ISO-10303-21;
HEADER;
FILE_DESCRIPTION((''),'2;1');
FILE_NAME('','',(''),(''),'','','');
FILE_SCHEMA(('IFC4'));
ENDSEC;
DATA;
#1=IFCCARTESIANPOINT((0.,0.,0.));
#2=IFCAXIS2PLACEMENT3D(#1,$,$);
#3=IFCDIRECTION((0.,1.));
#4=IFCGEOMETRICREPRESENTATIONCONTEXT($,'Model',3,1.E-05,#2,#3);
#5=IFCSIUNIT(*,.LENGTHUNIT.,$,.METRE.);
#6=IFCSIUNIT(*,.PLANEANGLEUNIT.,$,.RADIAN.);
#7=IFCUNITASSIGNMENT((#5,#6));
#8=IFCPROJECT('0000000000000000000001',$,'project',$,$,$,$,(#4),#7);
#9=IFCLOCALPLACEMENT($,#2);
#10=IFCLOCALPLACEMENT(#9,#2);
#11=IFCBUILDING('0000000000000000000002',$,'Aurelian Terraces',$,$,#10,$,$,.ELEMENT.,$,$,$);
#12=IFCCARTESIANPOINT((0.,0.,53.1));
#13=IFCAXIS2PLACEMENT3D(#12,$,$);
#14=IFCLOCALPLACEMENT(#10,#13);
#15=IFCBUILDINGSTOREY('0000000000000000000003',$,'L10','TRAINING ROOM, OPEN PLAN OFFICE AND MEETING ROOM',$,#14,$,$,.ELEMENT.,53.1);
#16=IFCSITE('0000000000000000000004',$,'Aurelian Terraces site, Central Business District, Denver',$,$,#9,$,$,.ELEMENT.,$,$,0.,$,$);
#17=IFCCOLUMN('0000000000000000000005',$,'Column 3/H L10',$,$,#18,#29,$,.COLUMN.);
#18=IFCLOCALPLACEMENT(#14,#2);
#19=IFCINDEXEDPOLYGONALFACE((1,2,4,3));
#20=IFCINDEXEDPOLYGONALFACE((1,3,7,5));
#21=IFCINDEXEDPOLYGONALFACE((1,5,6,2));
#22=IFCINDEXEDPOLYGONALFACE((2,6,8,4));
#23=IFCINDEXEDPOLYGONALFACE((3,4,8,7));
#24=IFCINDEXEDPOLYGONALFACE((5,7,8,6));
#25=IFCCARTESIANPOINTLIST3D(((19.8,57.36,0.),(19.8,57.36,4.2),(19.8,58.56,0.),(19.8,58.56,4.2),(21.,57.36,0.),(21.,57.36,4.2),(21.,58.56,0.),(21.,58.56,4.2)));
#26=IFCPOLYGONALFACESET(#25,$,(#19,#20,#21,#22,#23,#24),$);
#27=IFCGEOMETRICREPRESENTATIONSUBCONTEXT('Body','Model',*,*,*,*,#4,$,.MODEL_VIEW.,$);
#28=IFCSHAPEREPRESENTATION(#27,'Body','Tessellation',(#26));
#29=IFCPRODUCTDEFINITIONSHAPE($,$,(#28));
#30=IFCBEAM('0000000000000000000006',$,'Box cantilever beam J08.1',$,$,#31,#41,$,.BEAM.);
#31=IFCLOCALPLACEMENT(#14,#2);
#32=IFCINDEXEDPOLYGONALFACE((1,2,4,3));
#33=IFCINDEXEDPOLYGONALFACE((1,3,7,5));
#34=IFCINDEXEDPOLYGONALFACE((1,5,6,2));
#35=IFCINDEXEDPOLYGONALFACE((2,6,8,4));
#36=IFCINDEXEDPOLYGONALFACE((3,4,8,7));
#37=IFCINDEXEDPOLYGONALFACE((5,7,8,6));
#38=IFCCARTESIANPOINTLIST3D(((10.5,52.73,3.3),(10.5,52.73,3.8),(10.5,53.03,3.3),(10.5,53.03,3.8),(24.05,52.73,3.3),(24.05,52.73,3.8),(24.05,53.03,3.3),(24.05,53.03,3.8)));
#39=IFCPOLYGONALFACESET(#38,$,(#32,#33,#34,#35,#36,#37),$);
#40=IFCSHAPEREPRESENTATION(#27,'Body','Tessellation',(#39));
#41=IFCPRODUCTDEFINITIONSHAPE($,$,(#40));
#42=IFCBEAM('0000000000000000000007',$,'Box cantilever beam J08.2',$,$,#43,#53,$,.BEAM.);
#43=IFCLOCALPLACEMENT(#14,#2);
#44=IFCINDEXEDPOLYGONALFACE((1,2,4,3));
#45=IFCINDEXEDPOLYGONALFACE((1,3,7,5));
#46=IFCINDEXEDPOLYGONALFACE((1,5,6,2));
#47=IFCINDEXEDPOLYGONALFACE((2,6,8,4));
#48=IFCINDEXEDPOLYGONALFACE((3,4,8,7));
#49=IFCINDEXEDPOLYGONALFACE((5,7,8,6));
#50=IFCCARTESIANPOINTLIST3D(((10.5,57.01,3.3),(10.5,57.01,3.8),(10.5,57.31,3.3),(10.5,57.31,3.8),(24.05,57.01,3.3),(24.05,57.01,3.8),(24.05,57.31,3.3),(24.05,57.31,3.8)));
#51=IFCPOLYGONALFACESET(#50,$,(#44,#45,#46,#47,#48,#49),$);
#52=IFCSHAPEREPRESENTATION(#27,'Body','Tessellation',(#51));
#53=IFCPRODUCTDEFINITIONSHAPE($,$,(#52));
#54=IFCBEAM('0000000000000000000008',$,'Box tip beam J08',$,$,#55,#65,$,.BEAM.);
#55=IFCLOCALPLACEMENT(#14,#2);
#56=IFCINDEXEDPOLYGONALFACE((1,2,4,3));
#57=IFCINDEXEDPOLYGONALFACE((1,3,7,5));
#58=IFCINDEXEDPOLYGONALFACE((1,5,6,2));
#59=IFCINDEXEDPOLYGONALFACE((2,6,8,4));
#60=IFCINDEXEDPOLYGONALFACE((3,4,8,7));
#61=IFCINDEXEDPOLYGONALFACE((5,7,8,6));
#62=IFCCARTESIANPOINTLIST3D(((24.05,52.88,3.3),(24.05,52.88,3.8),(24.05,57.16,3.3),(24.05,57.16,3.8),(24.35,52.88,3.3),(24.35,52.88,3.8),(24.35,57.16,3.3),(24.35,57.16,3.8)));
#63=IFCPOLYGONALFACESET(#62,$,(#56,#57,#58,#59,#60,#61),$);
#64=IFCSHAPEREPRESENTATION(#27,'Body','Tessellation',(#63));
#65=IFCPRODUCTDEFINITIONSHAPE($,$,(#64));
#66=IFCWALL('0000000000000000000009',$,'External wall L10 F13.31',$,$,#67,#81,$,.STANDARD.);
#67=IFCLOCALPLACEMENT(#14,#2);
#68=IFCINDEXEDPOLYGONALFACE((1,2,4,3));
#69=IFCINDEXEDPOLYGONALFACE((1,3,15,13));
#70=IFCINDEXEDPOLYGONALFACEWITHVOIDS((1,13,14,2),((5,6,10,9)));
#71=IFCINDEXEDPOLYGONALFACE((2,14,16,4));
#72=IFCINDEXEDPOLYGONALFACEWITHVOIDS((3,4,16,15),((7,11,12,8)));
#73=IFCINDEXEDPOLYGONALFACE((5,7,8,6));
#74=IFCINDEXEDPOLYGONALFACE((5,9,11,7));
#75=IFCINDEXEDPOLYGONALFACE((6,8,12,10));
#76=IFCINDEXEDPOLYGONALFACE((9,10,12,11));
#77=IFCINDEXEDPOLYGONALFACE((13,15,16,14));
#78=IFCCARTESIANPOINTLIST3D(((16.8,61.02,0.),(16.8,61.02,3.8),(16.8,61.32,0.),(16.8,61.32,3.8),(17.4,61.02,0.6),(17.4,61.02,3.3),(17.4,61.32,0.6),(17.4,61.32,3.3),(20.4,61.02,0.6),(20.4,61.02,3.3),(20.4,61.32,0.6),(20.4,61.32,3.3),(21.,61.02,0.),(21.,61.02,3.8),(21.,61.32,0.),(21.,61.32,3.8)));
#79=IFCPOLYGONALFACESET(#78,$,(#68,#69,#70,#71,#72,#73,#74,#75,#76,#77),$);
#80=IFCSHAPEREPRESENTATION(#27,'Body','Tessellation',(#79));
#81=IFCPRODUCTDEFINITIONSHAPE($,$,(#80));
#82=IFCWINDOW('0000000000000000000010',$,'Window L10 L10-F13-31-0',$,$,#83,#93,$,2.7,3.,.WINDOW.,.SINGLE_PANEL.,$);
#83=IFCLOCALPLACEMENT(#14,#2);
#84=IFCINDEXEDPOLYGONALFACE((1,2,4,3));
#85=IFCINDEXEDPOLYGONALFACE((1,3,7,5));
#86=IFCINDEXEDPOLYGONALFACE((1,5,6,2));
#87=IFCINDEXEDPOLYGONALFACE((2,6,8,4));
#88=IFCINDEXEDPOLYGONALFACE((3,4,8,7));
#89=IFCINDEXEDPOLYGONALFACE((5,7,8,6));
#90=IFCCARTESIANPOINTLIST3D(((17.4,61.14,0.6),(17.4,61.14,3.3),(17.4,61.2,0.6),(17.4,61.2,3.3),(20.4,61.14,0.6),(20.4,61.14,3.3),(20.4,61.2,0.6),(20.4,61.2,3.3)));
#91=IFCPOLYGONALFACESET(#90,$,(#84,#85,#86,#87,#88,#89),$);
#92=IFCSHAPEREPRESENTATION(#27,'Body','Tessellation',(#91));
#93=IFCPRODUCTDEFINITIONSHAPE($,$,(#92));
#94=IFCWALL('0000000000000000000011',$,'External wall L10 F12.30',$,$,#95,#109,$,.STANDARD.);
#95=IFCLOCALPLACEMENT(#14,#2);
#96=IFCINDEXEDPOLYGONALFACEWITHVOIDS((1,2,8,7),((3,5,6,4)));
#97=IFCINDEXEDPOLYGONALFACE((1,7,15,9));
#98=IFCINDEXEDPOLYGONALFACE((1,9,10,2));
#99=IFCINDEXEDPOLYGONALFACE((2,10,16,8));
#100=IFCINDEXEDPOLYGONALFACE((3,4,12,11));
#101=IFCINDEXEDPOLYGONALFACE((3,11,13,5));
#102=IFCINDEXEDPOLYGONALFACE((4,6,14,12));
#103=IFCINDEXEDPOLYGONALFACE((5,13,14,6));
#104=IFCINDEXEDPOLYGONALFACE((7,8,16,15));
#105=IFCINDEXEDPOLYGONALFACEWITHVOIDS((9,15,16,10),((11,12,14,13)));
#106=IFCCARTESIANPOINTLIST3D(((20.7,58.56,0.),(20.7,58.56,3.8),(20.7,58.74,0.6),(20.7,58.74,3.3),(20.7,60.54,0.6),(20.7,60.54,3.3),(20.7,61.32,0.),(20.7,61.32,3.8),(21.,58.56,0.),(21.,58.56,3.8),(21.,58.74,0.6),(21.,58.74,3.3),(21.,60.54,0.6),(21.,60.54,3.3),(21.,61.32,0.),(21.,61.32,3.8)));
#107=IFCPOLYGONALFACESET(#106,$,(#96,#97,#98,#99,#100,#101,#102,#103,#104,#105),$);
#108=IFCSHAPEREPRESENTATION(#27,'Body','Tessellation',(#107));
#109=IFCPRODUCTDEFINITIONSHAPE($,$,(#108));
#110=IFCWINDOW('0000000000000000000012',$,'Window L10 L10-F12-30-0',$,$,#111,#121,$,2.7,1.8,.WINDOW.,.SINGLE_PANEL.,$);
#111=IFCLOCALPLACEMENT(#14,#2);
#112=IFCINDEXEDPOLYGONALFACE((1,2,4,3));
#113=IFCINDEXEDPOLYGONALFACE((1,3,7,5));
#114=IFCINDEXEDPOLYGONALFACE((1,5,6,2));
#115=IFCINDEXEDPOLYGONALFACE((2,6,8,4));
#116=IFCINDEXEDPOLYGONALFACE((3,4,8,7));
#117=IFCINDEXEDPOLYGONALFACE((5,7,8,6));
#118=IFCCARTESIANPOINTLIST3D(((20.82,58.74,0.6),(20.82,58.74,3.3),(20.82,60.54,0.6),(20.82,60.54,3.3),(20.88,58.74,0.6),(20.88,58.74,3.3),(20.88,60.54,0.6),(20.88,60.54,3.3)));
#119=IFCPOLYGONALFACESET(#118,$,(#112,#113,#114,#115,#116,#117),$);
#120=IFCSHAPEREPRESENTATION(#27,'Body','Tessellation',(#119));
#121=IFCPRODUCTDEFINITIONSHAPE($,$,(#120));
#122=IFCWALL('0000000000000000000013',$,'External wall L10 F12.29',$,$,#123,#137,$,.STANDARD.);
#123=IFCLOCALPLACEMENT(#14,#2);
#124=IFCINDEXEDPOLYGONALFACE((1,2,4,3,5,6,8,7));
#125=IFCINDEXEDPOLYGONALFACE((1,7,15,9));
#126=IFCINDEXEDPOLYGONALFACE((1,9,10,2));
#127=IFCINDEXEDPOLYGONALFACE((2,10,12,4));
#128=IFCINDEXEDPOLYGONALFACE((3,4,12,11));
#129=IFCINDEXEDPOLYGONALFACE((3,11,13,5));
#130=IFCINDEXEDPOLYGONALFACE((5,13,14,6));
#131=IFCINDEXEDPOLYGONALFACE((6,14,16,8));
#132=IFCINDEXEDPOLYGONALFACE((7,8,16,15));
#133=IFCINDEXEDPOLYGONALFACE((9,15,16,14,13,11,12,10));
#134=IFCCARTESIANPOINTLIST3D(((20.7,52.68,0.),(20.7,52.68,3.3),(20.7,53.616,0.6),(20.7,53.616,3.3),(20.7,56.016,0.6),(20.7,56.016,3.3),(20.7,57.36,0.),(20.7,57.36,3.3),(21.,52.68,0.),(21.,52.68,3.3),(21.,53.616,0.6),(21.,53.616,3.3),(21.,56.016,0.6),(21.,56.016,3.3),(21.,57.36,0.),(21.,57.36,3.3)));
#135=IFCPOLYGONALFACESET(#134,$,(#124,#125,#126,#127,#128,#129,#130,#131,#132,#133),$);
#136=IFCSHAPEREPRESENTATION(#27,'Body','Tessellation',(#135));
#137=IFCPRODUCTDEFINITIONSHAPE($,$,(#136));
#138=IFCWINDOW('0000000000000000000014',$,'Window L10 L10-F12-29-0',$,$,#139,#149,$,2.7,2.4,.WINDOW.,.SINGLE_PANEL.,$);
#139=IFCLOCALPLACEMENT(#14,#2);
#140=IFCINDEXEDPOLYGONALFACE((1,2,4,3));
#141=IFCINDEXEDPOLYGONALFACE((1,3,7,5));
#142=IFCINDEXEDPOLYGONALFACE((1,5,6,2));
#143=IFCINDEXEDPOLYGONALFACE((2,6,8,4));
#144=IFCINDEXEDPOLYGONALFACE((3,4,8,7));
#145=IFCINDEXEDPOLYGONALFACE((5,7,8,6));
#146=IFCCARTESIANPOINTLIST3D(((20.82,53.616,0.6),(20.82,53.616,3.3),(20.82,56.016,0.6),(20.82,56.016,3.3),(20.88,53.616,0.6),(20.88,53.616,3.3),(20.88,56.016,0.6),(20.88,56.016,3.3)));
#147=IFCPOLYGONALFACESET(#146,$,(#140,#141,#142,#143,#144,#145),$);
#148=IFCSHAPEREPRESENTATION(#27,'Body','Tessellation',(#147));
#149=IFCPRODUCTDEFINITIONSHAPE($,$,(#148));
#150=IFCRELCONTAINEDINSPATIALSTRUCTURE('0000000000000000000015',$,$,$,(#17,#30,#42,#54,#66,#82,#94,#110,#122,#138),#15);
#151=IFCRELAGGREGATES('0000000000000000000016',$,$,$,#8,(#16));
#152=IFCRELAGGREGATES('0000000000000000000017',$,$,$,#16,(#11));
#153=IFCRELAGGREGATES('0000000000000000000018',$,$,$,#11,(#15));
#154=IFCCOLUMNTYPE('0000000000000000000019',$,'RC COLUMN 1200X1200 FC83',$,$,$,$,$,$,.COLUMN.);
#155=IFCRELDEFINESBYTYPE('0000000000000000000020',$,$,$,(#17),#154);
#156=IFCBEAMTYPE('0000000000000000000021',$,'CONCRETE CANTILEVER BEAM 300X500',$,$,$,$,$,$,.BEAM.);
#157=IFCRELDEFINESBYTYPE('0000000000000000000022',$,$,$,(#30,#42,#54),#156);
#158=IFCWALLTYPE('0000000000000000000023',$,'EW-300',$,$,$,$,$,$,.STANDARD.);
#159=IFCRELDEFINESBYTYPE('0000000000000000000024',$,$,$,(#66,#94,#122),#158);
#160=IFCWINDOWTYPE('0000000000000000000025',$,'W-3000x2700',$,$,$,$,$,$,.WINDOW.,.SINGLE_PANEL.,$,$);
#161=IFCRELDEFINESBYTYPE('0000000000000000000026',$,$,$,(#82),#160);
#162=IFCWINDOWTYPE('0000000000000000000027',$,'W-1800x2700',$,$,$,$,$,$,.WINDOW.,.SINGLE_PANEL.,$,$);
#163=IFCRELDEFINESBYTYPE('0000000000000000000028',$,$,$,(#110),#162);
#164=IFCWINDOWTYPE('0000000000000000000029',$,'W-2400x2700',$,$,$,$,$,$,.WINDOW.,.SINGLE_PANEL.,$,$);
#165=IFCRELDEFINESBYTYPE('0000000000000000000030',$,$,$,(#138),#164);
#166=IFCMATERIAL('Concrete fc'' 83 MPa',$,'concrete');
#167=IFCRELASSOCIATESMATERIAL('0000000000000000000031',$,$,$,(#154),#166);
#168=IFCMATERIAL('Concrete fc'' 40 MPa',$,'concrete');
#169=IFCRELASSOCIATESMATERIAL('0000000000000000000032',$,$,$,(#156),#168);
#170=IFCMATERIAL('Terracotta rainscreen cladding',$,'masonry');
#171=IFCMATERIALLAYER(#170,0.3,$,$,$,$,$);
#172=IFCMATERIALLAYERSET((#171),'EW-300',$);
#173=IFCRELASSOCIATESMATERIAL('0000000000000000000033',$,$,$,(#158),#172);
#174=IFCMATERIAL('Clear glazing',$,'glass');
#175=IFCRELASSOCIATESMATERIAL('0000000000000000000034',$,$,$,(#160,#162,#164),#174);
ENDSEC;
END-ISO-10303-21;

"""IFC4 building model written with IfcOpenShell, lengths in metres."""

from ifc_helpers import new_model, si_unit, direction, frame, frame_2d, origin, origin_2d, place, context, subcontext, project, spatial, rectangle, extrude, source, transform, mapped, material, layer, layer_set, material_profile, profile_set, type_object, element, fill, save


model = new_model("IFC4")

# Units and contexts
model_context = context("Model", 3, precision=1e-05, world=origin(), true_north=direction((0.0, 1.0)))
body_context = subcontext(model_context, "Body", "Model", "MODEL_VIEW")
ifc_project = project(units=[si_unit("LENGTHUNIT", "METRE"), si_unit("PLANEANGLEUNIT", "RADIAN")], contexts=[model_context])

# Site, building, storey
site_placement = place(None, origin())
site = spatial("IfcSite", under=ifc_project, at=site_placement, Name="Aurelian Terraces site, Central Business District, Denver", CompositionType="ELEMENT", RefElevation=0.0)
building_placement = place(site_placement, origin())
building = spatial("IfcBuilding", under=site, at=building_placement, Name="Aurelian Terraces", CompositionType="ELEMENT")
storey_placement = place(building_placement, frame((0.0, 0.0, 53.1)))
storey = spatial("IfcBuildingStorey", under=building, at=storey_placement, Name="L10", Description="TRAINING ROOM, OPEN PLAN OFFICE AND MEETING ROOM", CompositionType="ELEMENT", Elevation=53.1)

# Column
ifc_material_1 = material(Name="Concrete fc' 83 MPa", Category="concrete")
ifc_material_profile_1 = material_profile(ifc_material_1, rectangle(XDim=1.2, YDim=1.2, at=origin_2d()))
ifc_profile_set_1 = profile_set([ifc_material_profile_1], Name="Concrete fc' 83 MPa")
column_type = type_object("IfcColumnType", Name="RC COLUMN 1200X1200 FC83", PredefinedType="COLUMN", material=ifc_profile_set_1)
shared_shape_1 = source(origin(), body_context, "Body", "SweptSolid", [
    extrude(rectangle(XDim=1.2, YDim=1.2, at=origin_2d()), origin(), (0.0, 0.0, 1.0), 4.2),
])
column_placement = place(storey_placement, frame((20.4, 57.96, 0.0), z_axis=(0.0, 0.0, 1.0), x_axis=(1.0, 0.0, 0.0)))
element("IfcColumn", 1, at=column_placement, inside=storey, type_object=column_type, Name="Column 3/H L10", PredefinedType="COLUMN", context=body_context, shape_type="MappedRepresentation", body=[
    mapped(shared_shape_1, transform((0.0, 0.0, 0.0), scale=1.0)),
])

# Beams
ifc_material_2 = material(Name="Concrete fc' 40 MPa", Category="concrete")
ifc_material_profile_2 = material_profile(ifc_material_2, rectangle(XDim=0.3, YDim=0.5, at=origin_2d()))
ifc_profile_set_2 = profile_set([ifc_material_profile_2], Name="Concrete fc' 40 MPa")
beam_type = type_object("IfcBeamType", Name="CONCRETE CANTILEVER BEAM 300X500", PredefinedType="BEAM", material=ifc_profile_set_2)
shared_shape_2 = source(origin(), body_context, "Body", "SweptSolid", [
    extrude(rectangle(XDim=0.3, YDim=0.5, at=origin_2d()), origin(), (0.0, 0.0, 1.0), 13.55),
])
for number, where, z_axis, x_axis, name in (
    (2, (24.05, 52.88, 3.55), (-1.0, 0.0, 0.0), (0.0, -1.0, 0.0), "Box cantilever beam J08.1"),
    (3, (24.05, 57.16, 3.55), (-1.0, 0.0, 0.0), (0.0, -1.0, 0.0), "Box cantilever beam J08.2"),
):
    element("IfcBeam", number, at=place(storey_placement, frame(where, z_axis=z_axis, x_axis=x_axis)), inside=storey, type_object=beam_type, Name=name, PredefinedType="BEAM", context=body_context, shape_type="MappedRepresentation", body=[
        mapped(shared_shape_2, transform((0.0, 0.0, 0.0), scale=1.0)),
    ])
shared_shape_3 = source(origin(), body_context, "Body", "SweptSolid", [
    extrude(rectangle(XDim=0.3, YDim=0.5, at=origin_2d()), origin(), (0.0, 0.0, 1.0), 4.28),
])
beam_placement = place(storey_placement, frame((24.2, 52.88, 3.55), z_axis=(0.0, 1.0, 0.0), x_axis=(-1.0, 0.0, 0.0)))
element("IfcBeam", 4, at=beam_placement, inside=storey, type_object=beam_type, Name="Box tip beam J08", PredefinedType="BEAM", context=body_context, shape_type="MappedRepresentation", body=[
    mapped(shared_shape_3, transform((0.0, 0.0, 0.0), scale=1.0)),
])

# Walls, openings, windows
ifc_material_3 = material(Name="Terracotta rainscreen cladding", Category="masonry")
ifc_layer_1 = layer(ifc_material_3, 0.3)
ifc_layer_set_1 = layer_set([ifc_layer_1], Name="EW-300")
wall_type_1 = type_object("IfcWallType", Name="EW-300", PredefinedType="STANDARD", material=ifc_layer_set_1)
shared_shape_4 = source(origin(), body_context, "Body", "SweptSolid", [
    extrude(rectangle(XDim=4.2, YDim=0.3, at=frame_2d((2.1, 0.0))), origin(), (0.0, 0.0, 1.0), 3.8),
])
wall_1_placement = place(storey_placement, frame((21.0, 61.17, 0.0), z_axis=(0.0, 0.0, 1.0), x_axis=(-1.0, 0.0, 0.0)))
wall_1 = element("IfcWall", 5, at=wall_1_placement, inside=storey, type_object=wall_type_1, Name="External wall L10 F13.31", PredefinedType="STANDARD", context=body_context, shape_type="MappedRepresentation", body=[
    mapped(shared_shape_4, transform((0.0, 0.0, 0.0), scale=1.0)),
])
shared_shape_5 = source(origin(), body_context, "Body", "SweptSolid", [
    extrude(rectangle(XDim=3.0, YDim=2.7, at=frame_2d((1.5, 1.35))), frame((0.0, 0.16, 0.0), z_axis=(0.0, -1.0, 0.0), x_axis=(1.0, 0.0, 0.0)), (0.0, 0.0, 1.0), 0.32),
])
opening_1_placement = place(wall_1_placement, frame((0.6, 0.0, 0.6)))
opening_1 = element("IfcOpeningElement", 6, at=opening_1_placement, cuts=wall_1, PredefinedType="OPENING", context=body_context, shape_type="MappedRepresentation", body=[
    mapped(shared_shape_5, transform((0.0, 0.0, 0.0), scale=1.0)),
])
ifc_material_4 = material(Name="Clear glazing", Category="glass")
window_type_1 = type_object("IfcWindowType", Name="W-3000x2700", PartitioningType="SINGLE_PANEL", PredefinedType="WINDOW", material=ifc_material_4)
shared_shape_6 = source(origin(), body_context, "Body", "SweptSolid", [
    extrude(rectangle(XDim=3.0, YDim=2.7, at=frame_2d((1.5, 1.35))), frame((0.0, 0.03, 0.0), z_axis=(0.0, -1.0, 0.0), x_axis=(1.0, 0.0, 0.0)), (0.0, 0.0, 1.0), 0.06),
])
window_1_placement = place(opening_1_placement, origin())
window_1 = element("IfcWindow", 7, at=window_1_placement, inside=storey, type_object=window_type_1, Name="Window L10 L10-F13-31-0", OverallHeight=2.7, OverallWidth=3.0, PartitioningType="SINGLE_PANEL", PredefinedType="WINDOW", context=body_context, shape_type="MappedRepresentation", body=[
    mapped(shared_shape_6, transform((0.0, 0.0, 0.0), scale=1.0)),
])
fill(opening_1, window_1)
shared_shape_7 = source(origin(), body_context, "Body", "SweptSolid", [
    extrude(rectangle(XDim=2.76, YDim=0.3, at=frame_2d((1.38, 0.0))), origin(), (0.0, 0.0, 1.0), 3.8),
])
wall_2_placement = place(storey_placement, frame((20.85, 58.56, 0.0), z_axis=(0.0, 0.0, 1.0), x_axis=(0.0, 1.0, 0.0)))
wall_2 = element("IfcWall", 8, at=wall_2_placement, inside=storey, type_object=wall_type_1, Name="External wall L10 F12.30", PredefinedType="STANDARD", context=body_context, shape_type="MappedRepresentation", body=[
    mapped(shared_shape_7, transform((0.0, 0.0, 0.0), scale=1.0)),
])
shared_shape_8 = source(origin(), body_context, "Body", "SweptSolid", [
    extrude(rectangle(XDim=1.8, YDim=2.7, at=frame_2d((0.9, 1.35))), frame((0.0, 0.16, 0.0), z_axis=(0.0, -1.0, 0.0), x_axis=(1.0, 0.0, 0.0)), (0.0, 0.0, 1.0), 0.32),
])
opening_2_placement = place(wall_2_placement, frame((0.18, 0.0, 0.6)))
opening_2 = element("IfcOpeningElement", 9, at=opening_2_placement, cuts=wall_2, PredefinedType="OPENING", context=body_context, shape_type="MappedRepresentation", body=[
    mapped(shared_shape_8, transform((0.0, 0.0, 0.0), scale=1.0)),
])
window_type_2 = type_object("IfcWindowType", Name="W-1800x2700", PartitioningType="SINGLE_PANEL", PredefinedType="WINDOW", material=ifc_material_4)
shared_shape_9 = source(origin(), body_context, "Body", "SweptSolid", [
    extrude(rectangle(XDim=1.8, YDim=2.7, at=frame_2d((0.9, 1.35))), frame((0.0, 0.03, 0.0), z_axis=(0.0, -1.0, 0.0), x_axis=(1.0, 0.0, 0.0)), (0.0, 0.0, 1.0), 0.06),
])
window_2_placement = place(opening_2_placement, origin())
window_2 = element("IfcWindow", 10, at=window_2_placement, inside=storey, type_object=window_type_2, Name="Window L10 L10-F12-30-0", OverallHeight=2.7, OverallWidth=1.8, PartitioningType="SINGLE_PANEL", PredefinedType="WINDOW", context=body_context, shape_type="MappedRepresentation", body=[
    mapped(shared_shape_9, transform((0.0, 0.0, 0.0), scale=1.0)),
])
fill(opening_2, window_2)
shared_shape_10 = source(origin(), body_context, "Body", "SweptSolid", [
    extrude(rectangle(XDim=4.68, YDim=0.3, at=frame_2d((2.34, 0.0))), origin(), (0.0, 0.0, 1.0), 3.3),
])
wall_3_placement = place(storey_placement, frame((20.85, 52.68, 0.0), z_axis=(0.0, 0.0, 1.0), x_axis=(0.0, 1.0, 0.0)))
wall_3 = element("IfcWall", 11, at=wall_3_placement, inside=storey, type_object=wall_type_1, Name="External wall L10 F12.29", PredefinedType="STANDARD", context=body_context, shape_type="MappedRepresentation", body=[
    mapped(shared_shape_10, transform((0.0, 0.0, 0.0), scale=1.0)),
])
shared_shape_11 = source(origin(), body_context, "Body", "SweptSolid", [
    extrude(rectangle(XDim=2.4, YDim=2.7, at=frame_2d((1.2, 1.35))), frame((0.0, 0.16, 0.0), z_axis=(0.0, -1.0, 0.0), x_axis=(1.0, 0.0, 0.0)), (0.0, 0.0, 1.0), 0.32),
])
opening_3_placement = place(wall_3_placement, frame((0.936, 0.0, 0.6)))
opening_3 = element("IfcOpeningElement", 12, at=opening_3_placement, cuts=wall_3, PredefinedType="OPENING", context=body_context, shape_type="MappedRepresentation", body=[
    mapped(shared_shape_11, transform((0.0, 0.0, 0.0), scale=1.0)),
])
window_type_3 = type_object("IfcWindowType", Name="W-2400x2700", PartitioningType="SINGLE_PANEL", PredefinedType="WINDOW", material=ifc_material_4)
shared_shape_12 = source(origin(), body_context, "Body", "SweptSolid", [
    extrude(rectangle(XDim=2.4, YDim=2.7, at=frame_2d((1.2, 1.35))), frame((0.0, 0.03, 0.0), z_axis=(0.0, -1.0, 0.0), x_axis=(1.0, 0.0, 0.0)), (0.0, 0.0, 1.0), 0.06),
])
window_3_placement = place(opening_3_placement, origin())
window_3 = element("IfcWindow", 13, at=window_3_placement, inside=storey, type_object=window_type_3, Name="Window L10 L10-F12-29-0", OverallHeight=2.7, OverallWidth=2.4, PartitioningType="SINGLE_PANEL", PredefinedType="WINDOW", context=body_context, shape_type="MappedRepresentation", body=[
    mapped(shared_shape_12, transform((0.0, 0.0, 0.0), scale=1.0)),
])
fill(opening_3, window_3)

save(model, "model.ifc")
